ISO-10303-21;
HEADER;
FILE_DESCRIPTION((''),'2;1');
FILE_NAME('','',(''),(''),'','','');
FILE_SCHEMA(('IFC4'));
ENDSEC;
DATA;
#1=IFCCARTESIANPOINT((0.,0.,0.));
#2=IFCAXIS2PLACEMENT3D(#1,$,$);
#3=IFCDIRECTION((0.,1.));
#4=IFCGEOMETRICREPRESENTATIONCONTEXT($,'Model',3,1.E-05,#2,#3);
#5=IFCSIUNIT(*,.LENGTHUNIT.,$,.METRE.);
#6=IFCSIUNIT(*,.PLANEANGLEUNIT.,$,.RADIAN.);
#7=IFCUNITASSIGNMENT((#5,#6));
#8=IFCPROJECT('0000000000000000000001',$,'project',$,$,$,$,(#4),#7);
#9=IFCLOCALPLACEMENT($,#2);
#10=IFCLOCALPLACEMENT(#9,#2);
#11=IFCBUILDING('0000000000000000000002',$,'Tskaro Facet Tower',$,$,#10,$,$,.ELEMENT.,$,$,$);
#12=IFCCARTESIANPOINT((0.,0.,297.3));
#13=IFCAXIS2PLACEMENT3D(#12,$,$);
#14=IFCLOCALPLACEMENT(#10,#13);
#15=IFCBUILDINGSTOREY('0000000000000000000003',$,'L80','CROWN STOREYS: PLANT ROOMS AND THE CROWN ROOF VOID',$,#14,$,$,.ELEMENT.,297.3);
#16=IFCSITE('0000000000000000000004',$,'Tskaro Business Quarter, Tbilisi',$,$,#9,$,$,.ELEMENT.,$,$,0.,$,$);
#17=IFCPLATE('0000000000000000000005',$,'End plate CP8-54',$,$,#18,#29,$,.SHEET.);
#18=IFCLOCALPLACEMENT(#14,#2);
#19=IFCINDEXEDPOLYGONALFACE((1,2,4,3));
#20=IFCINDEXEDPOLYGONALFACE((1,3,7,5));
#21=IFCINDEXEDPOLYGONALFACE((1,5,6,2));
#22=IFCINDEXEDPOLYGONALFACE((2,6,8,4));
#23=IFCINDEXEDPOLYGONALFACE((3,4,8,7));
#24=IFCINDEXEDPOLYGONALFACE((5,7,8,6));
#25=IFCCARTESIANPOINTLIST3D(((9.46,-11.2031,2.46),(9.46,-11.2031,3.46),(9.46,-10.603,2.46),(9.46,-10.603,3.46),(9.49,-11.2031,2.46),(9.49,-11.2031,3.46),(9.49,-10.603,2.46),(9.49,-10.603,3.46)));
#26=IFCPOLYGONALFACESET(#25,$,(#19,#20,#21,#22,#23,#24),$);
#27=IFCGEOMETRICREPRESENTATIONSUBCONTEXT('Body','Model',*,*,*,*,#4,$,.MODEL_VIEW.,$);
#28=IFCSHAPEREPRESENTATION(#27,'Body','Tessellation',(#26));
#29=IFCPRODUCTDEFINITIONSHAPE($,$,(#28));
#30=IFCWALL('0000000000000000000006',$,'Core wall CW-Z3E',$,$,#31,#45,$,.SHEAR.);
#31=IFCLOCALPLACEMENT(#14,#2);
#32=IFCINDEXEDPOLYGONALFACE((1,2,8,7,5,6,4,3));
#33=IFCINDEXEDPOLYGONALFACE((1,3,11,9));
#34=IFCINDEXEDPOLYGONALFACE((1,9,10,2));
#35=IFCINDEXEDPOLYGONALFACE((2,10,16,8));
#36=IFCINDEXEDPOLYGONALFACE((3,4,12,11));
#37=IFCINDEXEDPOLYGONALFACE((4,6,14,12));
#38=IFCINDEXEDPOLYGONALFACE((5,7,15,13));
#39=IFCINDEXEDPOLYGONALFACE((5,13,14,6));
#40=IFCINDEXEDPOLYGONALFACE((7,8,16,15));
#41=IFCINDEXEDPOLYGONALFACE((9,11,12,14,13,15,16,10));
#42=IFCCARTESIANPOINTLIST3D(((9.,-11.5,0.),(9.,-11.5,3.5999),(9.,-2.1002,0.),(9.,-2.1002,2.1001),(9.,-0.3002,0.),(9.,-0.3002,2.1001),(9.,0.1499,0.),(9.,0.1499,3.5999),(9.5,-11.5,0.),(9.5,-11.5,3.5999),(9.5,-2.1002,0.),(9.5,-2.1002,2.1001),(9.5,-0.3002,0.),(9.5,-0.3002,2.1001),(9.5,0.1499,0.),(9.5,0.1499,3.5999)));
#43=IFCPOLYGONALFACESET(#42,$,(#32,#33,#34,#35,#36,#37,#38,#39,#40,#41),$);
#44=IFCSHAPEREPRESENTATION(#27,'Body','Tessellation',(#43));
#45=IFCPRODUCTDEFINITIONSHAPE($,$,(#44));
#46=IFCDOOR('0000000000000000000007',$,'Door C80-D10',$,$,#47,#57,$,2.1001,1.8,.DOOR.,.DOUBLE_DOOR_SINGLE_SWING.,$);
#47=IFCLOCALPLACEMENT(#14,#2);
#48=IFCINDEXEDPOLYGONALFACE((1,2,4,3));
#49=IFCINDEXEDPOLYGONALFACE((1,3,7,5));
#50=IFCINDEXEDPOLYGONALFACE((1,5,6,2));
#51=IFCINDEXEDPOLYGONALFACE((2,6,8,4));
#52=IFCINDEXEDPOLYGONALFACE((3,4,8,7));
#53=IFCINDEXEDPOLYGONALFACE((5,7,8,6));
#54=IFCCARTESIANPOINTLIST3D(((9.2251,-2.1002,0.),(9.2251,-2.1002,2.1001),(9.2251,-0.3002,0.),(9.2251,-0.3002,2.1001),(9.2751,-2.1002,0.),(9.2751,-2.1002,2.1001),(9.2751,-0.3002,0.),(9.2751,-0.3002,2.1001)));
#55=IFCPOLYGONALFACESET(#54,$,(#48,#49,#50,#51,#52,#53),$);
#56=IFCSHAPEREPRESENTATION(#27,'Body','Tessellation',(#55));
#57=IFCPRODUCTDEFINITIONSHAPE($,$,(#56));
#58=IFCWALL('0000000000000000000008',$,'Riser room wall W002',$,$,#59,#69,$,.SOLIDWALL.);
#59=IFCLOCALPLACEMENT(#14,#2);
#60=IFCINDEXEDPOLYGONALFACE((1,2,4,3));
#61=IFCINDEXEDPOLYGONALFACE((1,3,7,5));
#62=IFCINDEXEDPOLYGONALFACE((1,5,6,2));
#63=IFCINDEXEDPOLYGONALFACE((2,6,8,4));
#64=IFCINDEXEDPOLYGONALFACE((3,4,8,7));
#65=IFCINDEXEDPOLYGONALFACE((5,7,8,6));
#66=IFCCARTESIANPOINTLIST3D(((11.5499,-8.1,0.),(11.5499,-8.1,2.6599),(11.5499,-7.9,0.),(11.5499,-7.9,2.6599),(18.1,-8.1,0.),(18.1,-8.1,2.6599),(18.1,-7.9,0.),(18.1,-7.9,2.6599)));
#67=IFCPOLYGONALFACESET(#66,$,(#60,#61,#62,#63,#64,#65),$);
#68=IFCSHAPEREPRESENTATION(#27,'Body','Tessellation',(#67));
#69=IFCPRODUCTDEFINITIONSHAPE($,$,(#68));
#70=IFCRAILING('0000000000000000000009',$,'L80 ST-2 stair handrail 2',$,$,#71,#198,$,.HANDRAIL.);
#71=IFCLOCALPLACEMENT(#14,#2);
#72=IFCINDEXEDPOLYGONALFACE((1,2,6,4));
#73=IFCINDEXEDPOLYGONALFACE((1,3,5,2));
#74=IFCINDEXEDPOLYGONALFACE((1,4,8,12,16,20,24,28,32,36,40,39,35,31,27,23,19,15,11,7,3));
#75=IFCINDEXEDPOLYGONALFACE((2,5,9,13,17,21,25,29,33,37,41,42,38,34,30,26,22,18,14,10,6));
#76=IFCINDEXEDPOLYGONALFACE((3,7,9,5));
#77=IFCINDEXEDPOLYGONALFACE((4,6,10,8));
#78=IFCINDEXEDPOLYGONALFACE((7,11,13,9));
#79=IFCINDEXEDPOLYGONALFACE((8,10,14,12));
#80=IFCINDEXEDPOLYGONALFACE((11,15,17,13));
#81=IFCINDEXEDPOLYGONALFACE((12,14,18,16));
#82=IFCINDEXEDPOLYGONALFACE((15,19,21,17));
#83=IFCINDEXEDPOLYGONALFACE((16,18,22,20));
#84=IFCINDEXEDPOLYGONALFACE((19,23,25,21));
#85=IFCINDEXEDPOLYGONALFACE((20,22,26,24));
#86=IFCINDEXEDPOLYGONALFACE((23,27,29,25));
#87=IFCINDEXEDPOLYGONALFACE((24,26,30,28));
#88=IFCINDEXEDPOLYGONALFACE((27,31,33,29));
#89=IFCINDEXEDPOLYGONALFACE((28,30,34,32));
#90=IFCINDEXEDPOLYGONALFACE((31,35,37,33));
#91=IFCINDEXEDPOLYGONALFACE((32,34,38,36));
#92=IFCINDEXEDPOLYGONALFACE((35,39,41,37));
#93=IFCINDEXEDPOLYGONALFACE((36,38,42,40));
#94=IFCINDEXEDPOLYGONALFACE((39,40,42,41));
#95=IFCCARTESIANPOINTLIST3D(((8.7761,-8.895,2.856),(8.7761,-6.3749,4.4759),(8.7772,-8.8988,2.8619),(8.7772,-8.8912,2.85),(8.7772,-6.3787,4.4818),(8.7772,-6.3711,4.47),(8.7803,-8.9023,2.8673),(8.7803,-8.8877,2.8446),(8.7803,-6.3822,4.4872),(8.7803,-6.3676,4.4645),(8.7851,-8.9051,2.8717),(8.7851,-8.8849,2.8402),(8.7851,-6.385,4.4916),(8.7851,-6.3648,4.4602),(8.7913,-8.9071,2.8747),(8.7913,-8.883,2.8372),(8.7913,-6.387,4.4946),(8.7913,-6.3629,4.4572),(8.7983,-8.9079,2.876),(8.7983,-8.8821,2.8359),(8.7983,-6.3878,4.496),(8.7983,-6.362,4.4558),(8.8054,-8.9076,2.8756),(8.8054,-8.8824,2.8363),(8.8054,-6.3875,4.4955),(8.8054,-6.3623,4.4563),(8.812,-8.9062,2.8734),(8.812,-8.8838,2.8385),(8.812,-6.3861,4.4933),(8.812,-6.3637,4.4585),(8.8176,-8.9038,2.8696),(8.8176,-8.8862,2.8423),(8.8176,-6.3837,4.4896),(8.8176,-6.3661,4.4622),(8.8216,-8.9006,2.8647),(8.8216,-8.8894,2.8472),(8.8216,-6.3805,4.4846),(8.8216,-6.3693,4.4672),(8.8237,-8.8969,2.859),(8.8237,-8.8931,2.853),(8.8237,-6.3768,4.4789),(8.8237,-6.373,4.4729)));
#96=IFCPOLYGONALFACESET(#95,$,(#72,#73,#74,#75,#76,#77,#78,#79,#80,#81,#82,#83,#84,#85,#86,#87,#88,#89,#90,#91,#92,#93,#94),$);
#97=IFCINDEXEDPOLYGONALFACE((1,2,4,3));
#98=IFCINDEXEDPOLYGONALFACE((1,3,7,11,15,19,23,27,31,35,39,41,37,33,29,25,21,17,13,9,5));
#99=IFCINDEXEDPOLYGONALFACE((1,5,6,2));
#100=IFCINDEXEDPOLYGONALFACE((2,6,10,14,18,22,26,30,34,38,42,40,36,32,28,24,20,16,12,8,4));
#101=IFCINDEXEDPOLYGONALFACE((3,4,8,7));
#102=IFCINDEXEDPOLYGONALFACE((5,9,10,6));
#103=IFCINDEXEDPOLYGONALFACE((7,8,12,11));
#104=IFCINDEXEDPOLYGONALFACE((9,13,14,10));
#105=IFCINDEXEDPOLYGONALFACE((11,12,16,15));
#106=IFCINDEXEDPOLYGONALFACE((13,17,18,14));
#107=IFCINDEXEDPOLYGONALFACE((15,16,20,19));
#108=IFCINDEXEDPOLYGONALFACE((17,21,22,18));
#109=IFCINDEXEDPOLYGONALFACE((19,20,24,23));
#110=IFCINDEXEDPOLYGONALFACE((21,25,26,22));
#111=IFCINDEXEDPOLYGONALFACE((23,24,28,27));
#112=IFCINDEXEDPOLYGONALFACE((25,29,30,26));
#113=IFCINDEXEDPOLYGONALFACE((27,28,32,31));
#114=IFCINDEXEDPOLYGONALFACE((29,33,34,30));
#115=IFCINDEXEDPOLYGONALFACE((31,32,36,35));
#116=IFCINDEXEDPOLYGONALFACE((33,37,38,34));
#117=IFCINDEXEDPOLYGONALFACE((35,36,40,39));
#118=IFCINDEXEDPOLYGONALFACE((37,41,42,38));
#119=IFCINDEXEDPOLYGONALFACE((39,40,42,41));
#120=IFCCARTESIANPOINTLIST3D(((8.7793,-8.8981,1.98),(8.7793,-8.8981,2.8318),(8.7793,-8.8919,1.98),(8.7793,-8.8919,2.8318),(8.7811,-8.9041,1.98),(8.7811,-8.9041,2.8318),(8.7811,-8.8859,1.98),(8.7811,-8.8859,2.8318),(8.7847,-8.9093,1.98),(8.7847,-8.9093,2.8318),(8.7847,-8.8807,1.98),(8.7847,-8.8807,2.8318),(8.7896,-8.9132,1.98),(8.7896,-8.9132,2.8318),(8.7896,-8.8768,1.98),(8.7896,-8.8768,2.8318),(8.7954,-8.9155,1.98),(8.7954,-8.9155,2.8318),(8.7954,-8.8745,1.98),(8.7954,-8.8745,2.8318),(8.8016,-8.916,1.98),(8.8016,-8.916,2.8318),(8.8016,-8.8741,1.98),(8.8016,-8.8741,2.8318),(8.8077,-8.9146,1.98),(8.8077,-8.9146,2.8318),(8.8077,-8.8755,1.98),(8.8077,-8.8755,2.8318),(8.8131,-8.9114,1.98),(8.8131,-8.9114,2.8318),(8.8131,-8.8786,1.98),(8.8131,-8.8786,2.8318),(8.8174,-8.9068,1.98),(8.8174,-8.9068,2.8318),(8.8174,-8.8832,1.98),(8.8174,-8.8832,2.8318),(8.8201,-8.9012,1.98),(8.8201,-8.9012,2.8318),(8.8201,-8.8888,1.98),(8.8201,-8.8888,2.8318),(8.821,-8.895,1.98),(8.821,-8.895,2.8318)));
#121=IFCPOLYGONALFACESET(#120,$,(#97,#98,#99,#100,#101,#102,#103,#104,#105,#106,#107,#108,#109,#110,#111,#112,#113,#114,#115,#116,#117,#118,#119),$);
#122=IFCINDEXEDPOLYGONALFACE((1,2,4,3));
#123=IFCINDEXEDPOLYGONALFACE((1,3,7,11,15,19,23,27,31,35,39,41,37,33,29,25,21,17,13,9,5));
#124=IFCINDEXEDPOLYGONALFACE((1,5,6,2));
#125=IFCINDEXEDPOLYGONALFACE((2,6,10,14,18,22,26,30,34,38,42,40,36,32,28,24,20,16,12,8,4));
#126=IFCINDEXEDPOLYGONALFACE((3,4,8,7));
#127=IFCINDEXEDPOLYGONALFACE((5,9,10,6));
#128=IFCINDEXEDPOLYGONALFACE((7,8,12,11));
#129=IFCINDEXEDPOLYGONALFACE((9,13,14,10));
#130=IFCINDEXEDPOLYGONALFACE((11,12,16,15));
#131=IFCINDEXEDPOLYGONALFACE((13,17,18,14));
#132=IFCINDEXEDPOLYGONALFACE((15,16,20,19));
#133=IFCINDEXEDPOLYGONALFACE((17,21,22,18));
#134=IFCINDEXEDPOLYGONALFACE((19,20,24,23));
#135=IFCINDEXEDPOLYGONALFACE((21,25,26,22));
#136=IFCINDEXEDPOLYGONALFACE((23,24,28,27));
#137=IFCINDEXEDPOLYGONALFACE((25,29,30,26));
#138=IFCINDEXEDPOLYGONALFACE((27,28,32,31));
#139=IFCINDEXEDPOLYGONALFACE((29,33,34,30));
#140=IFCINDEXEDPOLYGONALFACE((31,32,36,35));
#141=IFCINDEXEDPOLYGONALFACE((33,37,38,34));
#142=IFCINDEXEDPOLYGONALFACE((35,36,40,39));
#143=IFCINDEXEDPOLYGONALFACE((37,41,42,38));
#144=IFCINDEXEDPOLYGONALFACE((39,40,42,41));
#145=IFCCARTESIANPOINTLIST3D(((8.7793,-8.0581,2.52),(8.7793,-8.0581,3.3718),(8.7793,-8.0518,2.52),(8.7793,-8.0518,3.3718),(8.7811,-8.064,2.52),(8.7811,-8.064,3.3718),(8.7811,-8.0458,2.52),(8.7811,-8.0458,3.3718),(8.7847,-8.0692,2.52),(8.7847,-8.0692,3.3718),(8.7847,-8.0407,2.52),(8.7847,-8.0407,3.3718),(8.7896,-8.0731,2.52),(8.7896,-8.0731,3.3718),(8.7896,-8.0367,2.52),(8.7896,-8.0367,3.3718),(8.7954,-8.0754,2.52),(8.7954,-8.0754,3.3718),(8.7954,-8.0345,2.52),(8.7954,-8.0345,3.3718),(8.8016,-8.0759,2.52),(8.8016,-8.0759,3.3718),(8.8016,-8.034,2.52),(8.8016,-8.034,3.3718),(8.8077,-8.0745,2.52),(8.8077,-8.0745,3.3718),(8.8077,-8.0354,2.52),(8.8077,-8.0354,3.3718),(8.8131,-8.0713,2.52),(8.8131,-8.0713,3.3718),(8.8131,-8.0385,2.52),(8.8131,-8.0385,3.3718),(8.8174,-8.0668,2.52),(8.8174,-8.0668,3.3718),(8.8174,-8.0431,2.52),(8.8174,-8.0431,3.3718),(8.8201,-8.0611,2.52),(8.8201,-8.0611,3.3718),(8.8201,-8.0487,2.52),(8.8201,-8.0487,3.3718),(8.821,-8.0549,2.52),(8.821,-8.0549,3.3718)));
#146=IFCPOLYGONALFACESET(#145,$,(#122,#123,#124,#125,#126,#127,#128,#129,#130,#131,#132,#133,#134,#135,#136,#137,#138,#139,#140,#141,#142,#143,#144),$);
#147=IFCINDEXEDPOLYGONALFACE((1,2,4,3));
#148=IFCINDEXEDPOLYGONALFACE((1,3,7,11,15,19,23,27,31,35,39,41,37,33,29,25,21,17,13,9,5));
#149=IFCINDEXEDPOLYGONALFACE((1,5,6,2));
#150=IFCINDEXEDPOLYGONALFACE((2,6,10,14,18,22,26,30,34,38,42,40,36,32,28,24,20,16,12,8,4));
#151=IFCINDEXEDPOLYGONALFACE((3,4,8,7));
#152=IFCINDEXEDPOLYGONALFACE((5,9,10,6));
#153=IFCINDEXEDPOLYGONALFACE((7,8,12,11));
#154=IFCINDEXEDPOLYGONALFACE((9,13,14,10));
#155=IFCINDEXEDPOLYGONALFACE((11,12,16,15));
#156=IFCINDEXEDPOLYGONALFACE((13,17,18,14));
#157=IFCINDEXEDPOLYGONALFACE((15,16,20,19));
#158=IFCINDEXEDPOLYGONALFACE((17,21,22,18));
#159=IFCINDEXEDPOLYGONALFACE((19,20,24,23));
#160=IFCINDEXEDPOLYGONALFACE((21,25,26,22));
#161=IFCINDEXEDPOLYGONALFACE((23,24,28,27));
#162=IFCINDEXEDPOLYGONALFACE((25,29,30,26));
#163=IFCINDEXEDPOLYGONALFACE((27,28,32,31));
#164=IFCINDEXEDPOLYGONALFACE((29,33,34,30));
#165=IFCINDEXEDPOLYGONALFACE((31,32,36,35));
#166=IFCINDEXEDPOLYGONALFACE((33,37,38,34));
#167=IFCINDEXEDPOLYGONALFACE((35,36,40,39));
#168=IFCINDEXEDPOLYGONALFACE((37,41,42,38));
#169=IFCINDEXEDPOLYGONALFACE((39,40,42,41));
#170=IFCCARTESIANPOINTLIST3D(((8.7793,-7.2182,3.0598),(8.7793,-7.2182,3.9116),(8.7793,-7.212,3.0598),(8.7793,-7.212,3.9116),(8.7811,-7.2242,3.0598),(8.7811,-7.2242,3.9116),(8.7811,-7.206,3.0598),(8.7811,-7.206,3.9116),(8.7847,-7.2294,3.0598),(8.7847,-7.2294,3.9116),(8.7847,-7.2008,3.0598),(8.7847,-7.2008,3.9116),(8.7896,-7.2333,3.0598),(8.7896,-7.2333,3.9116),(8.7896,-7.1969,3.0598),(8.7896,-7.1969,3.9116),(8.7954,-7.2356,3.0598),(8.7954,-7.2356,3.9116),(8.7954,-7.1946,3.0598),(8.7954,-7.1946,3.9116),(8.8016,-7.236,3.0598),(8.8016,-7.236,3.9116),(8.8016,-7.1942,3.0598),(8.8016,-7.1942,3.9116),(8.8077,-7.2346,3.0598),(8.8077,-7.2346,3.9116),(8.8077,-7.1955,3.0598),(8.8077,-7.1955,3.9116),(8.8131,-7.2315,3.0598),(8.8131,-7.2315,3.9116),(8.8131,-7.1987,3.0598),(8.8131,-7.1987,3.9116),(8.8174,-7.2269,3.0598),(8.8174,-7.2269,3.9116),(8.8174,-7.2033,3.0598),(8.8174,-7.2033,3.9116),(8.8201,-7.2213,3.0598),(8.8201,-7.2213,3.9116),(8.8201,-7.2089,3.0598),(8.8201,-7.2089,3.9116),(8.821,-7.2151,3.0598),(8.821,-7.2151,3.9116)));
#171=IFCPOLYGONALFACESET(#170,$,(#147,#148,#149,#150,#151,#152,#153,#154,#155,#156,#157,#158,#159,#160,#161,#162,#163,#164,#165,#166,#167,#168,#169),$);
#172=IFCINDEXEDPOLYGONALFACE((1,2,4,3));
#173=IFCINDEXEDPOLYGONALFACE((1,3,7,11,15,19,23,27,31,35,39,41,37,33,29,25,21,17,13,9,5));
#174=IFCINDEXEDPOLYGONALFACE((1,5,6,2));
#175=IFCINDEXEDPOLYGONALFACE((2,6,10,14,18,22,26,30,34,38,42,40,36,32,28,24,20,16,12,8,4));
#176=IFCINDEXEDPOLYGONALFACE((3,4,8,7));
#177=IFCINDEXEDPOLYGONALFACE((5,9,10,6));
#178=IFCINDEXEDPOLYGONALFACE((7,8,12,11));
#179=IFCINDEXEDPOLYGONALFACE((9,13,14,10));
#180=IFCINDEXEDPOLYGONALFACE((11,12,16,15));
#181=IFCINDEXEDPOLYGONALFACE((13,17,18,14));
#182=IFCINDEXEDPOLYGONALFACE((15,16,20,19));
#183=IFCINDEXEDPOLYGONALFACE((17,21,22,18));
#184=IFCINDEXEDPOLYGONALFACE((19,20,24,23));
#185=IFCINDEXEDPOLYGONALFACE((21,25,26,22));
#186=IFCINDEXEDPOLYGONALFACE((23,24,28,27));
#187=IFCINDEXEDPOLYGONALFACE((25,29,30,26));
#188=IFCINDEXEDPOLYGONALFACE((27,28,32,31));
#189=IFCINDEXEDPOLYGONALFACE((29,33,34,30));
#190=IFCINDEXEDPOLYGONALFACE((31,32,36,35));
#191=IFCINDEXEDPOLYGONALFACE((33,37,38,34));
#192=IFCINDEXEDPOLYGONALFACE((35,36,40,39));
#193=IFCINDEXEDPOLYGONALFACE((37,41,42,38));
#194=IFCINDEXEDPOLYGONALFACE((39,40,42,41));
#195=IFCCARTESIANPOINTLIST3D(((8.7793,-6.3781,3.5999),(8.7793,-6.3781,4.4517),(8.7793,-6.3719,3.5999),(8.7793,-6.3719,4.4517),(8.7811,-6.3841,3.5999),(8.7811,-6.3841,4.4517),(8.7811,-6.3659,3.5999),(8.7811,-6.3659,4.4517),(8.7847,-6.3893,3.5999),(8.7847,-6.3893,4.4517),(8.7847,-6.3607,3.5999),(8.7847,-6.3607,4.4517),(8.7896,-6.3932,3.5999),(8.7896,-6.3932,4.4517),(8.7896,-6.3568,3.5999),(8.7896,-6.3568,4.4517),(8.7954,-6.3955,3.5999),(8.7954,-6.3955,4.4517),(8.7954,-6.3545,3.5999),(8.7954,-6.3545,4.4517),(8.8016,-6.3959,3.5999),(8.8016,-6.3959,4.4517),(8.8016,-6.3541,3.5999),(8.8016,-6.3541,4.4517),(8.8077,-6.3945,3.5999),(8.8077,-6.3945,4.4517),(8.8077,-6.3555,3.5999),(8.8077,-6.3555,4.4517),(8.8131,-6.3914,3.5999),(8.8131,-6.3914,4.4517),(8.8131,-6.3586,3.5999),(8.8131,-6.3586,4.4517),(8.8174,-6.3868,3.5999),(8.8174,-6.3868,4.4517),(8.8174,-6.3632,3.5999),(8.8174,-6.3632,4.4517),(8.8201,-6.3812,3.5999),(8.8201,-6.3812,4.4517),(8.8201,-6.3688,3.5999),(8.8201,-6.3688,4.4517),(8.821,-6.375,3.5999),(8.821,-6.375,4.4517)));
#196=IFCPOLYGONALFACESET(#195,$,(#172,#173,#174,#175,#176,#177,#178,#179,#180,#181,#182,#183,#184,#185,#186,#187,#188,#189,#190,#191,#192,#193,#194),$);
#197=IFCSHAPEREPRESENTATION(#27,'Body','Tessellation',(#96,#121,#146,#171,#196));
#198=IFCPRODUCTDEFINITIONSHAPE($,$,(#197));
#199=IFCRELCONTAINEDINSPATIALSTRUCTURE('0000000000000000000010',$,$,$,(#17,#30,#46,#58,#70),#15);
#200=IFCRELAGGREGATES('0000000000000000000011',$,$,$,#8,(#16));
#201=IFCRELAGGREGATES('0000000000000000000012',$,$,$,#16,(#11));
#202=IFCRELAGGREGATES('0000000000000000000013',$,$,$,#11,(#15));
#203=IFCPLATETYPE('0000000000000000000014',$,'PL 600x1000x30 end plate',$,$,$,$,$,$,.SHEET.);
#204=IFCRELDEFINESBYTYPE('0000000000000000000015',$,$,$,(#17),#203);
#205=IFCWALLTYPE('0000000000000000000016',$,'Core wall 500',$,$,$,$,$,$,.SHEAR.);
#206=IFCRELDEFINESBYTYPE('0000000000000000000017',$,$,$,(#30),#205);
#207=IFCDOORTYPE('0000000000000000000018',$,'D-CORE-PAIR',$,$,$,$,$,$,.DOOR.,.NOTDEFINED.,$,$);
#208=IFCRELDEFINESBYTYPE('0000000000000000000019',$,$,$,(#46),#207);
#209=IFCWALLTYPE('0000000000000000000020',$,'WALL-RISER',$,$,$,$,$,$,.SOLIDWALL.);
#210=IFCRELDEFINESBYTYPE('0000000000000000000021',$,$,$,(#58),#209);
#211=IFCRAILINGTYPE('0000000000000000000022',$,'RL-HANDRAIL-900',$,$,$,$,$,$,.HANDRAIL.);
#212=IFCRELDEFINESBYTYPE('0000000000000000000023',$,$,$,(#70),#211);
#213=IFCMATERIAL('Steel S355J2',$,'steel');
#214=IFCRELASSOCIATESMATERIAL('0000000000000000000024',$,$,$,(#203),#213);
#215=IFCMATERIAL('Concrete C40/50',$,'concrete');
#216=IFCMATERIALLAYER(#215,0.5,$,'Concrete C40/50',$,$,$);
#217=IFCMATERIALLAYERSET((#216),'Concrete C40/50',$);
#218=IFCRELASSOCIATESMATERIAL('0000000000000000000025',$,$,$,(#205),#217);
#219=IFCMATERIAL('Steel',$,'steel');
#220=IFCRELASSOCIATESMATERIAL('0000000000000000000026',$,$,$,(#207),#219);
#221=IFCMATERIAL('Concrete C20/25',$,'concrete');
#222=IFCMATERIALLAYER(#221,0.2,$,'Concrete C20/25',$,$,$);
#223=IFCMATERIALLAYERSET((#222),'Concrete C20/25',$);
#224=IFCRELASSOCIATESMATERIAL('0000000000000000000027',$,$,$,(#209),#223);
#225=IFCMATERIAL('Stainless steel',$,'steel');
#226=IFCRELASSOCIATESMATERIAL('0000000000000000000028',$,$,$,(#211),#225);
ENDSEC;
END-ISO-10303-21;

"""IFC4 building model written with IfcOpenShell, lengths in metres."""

from ifc_helpers import new_model, si_unit, direction, frame, frame_2d, origin, origin_2d, place, context, subcontext, project, spatial, polyline, rectangle, circle, outline, extrude, material, layer, layer_set, material_profile, profile_set, type_object, element, fill, save


model = new_model("IFC4")

# Units and contexts
model_context = context("Model", 3, precision=1e-05, world=origin(), true_north=direction((0.0, 1.0)))
body_context = subcontext(model_context, "Body", "Model", "MODEL_VIEW")
ifc_project = project(units=[si_unit("LENGTHUNIT", "METRE"), si_unit("PLANEANGLEUNIT", "RADIAN")], contexts=[model_context])

# Site, building, storey
site_placement = place(None, origin())
site = spatial("IfcSite", under=ifc_project, at=site_placement, Name="Tskaro Business Quarter, Tbilisi", CompositionType="ELEMENT", RefElevation=0.0)
building_placement = place(site_placement, origin())
building = spatial("IfcBuilding", under=site, at=building_placement, Name="Tskaro Facet Tower", CompositionType="ELEMENT")
storey_placement = place(building_placement, frame((0.0, 0.0, 297.3)))
storey = spatial("IfcBuildingStorey", under=building, at=storey_placement, Name="L80", Description="CROWN STOREYS: PLANT ROOMS AND THE CROWN ROOF VOID", CompositionType="ELEMENT", Elevation=297.3)

# Shared definitions
ifc_material_1 = material(Name="Steel S355J2", Category="steel")

# Plate
ifc_material_profile_1 = material_profile(ifc_material_1, rectangle(XDim=0.6001, YDim=1.0, at=origin_2d()), Name="PL 600x1000x30 end plate")
ifc_profile_set_1 = profile_set([ifc_material_profile_1], Name="Steel S355J2")
plate_type_1 = type_object("IfcPlateType", Name="PL 600x1000x30 end plate", PredefinedType="SHEET", material=ifc_profile_set_1)
plate_1_placement = place(storey_placement, frame((9.49, -10.9031, 2.96), z_axis=(-1.0, 0.0, 0.0), x_axis=(0.0, -1.0, 0.0)))
element("IfcPlate", 1, at=plate_1_placement, inside=storey, type_object=plate_type_1, Name="End plate CP8-54", PredefinedType="SHEET", context=body_context, shape_type="SweptSolid", body=[
    extrude(rectangle(XDim=0.6001, YDim=1.0, at=origin_2d()), origin(), (0.0, 0.0, 1.0), 0.03),
])

# Wall, opening, door
ifc_material_2 = material(Name="Concrete C40/50", Category="concrete")
ifc_layer_1 = layer(ifc_material_2, 0.5, Name="Concrete C40/50")
ifc_layer_set_1 = layer_set([ifc_layer_1], Name="Concrete C40/50")
wall_type_1 = type_object("IfcWallType", Name="Core wall 500", PredefinedType="SHEAR", material=ifc_layer_set_1)
wall_1_placement = place(storey_placement, frame((9.25, -11.5, 0.0), z_axis=(0.0, 0.0, 1.0), x_axis=(0.0, 1.0, 0.0)))
wall_1 = element("IfcWall", 2, at=wall_1_placement, inside=storey, type_object=wall_type_1, Name="Core wall CW-Z3E", PredefinedType="SHEAR", context=body_context, shape_type="SweptSolid", body=[
    extrude(outline(polyline([(0.0, 0.0), (11.6499, 0.0), (11.6499, 3.5999), (0.0, 3.5999), (0.0, 0.0)])), frame((0.0, 0.25, 0.0), z_axis=(0.0, -1.0, 0.0), x_axis=(1.0, 0.0, 0.0)), (0.0, 0.0, 1.0), 0.5),
])
opening_placement = place(wall_1_placement, frame((9.3999, 0.0, 0.0)))
opening = element("IfcOpeningElement", 3, at=opening_placement, cuts=wall_1, PredefinedType="OPENING", context=body_context, shape_type="SweptSolid", body=[
    extrude(rectangle(XDim=1.8, YDim=2.1001, at=frame_2d((0.8999, 1.05))), frame((0.0, 0.26, 0.0), z_axis=(0.0, -1.0, 0.0), x_axis=(1.0, 0.0, 0.0)), (0.0, 0.0, 1.0), 0.52),
])
ifc_material_3 = material(Name="Steel", Category="steel")
door_type = type_object("IfcDoorType", Name="D-CORE-PAIR", OperationType="NOTDEFINED", PredefinedType="DOOR", material=ifc_material_3)
door_placement = place(opening_placement, origin())
door = element("IfcDoor", 4, at=door_placement, inside=storey, type_object=door_type, Name="Door C80-D10", OperationType="DOUBLE_DOOR_SINGLE_SWING", OverallHeight=2.1001, OverallWidth=1.8, PredefinedType="DOOR", context=body_context, shape_type="SweptSolid", body=[
    extrude(rectangle(XDim=1.8, YDim=2.1001, at=frame_2d((0.8999, 1.05))), frame((0.0, 0.0249, 0.0), z_axis=(0.0, -1.0, 0.0), x_axis=(1.0, 0.0, 0.0)), (0.0, 0.0, 1.0), 0.05),
])
fill(opening, door)

# Wall
ifc_material_4 = material(Name="Concrete C20/25", Category="concrete")
ifc_layer_2 = layer(ifc_material_4, 0.2, Name="Concrete C20/25")
ifc_layer_set_2 = layer_set([ifc_layer_2], Name="Concrete C20/25")
wall_type_2 = type_object("IfcWallType", Name="WALL-RISER", PredefinedType="SOLIDWALL", material=ifc_layer_set_2)
wall_2_placement = place(storey_placement, frame((11.55, -8.0, 0.0), z_axis=(0.0, 0.0, 1.0), x_axis=(1.0, 0.0, 0.0)))
element("IfcWall", 5, at=wall_2_placement, inside=storey, type_object=wall_type_2, Name="Riser room wall W002", PredefinedType="SOLIDWALL", context=body_context, shape_type="SweptSolid", body=[
    extrude(rectangle(XDim=6.55, YDim=0.2, at=frame_2d((3.2749, 0.0))), origin(), (0.0, 0.0, 1.0), 2.6599),
])

# Railing
ifc_material_5 = material(Name="Stainless steel", Category="steel")
railing_type = type_object("IfcRailingType", Name="RL-HANDRAIL-900", PredefinedType="HANDRAIL", material=ifc_material_5)
railing_placement = place(storey_placement, frame((8.8, -8.895, 1.98)))
element("IfcRailing", 6, at=railing_placement, inside=storey, type_object=railing_type, Name="L80 ST-2 stair handrail 2", PredefinedType="HANDRAIL", context=body_context, shape_type="SweptSolid", body=[
    extrude(circle(Radius=0.0239, at=origin_2d()), frame((0.0, 0.0, 0.876), z_axis=(0.0, 0.8412, 0.540725), x_axis=(-1.0, 0.0, 0.0)), (0.0, 0.0, 1.0), 2.9958),
    extrude(circle(Radius=0.021, at=origin_2d()), origin(), (0.0, 0.0, 1.0), 0.8518),
    extrude(circle(Radius=0.021, at=origin_2d()), frame((0.0, 0.8401, 0.54)), (0.0, 0.0, 1.0), 0.8518),
    extrude(circle(Radius=0.021, at=origin_2d()), frame((0.0, 1.6799, 1.0798)), (0.0, 0.0, 1.0), 0.8518),
    extrude(circle(Radius=0.021, at=origin_2d()), frame((0.0, 2.52, 1.6199)), (0.0, 0.0, 1.0), 0.8518),
])

save(model, "model.ifc")
